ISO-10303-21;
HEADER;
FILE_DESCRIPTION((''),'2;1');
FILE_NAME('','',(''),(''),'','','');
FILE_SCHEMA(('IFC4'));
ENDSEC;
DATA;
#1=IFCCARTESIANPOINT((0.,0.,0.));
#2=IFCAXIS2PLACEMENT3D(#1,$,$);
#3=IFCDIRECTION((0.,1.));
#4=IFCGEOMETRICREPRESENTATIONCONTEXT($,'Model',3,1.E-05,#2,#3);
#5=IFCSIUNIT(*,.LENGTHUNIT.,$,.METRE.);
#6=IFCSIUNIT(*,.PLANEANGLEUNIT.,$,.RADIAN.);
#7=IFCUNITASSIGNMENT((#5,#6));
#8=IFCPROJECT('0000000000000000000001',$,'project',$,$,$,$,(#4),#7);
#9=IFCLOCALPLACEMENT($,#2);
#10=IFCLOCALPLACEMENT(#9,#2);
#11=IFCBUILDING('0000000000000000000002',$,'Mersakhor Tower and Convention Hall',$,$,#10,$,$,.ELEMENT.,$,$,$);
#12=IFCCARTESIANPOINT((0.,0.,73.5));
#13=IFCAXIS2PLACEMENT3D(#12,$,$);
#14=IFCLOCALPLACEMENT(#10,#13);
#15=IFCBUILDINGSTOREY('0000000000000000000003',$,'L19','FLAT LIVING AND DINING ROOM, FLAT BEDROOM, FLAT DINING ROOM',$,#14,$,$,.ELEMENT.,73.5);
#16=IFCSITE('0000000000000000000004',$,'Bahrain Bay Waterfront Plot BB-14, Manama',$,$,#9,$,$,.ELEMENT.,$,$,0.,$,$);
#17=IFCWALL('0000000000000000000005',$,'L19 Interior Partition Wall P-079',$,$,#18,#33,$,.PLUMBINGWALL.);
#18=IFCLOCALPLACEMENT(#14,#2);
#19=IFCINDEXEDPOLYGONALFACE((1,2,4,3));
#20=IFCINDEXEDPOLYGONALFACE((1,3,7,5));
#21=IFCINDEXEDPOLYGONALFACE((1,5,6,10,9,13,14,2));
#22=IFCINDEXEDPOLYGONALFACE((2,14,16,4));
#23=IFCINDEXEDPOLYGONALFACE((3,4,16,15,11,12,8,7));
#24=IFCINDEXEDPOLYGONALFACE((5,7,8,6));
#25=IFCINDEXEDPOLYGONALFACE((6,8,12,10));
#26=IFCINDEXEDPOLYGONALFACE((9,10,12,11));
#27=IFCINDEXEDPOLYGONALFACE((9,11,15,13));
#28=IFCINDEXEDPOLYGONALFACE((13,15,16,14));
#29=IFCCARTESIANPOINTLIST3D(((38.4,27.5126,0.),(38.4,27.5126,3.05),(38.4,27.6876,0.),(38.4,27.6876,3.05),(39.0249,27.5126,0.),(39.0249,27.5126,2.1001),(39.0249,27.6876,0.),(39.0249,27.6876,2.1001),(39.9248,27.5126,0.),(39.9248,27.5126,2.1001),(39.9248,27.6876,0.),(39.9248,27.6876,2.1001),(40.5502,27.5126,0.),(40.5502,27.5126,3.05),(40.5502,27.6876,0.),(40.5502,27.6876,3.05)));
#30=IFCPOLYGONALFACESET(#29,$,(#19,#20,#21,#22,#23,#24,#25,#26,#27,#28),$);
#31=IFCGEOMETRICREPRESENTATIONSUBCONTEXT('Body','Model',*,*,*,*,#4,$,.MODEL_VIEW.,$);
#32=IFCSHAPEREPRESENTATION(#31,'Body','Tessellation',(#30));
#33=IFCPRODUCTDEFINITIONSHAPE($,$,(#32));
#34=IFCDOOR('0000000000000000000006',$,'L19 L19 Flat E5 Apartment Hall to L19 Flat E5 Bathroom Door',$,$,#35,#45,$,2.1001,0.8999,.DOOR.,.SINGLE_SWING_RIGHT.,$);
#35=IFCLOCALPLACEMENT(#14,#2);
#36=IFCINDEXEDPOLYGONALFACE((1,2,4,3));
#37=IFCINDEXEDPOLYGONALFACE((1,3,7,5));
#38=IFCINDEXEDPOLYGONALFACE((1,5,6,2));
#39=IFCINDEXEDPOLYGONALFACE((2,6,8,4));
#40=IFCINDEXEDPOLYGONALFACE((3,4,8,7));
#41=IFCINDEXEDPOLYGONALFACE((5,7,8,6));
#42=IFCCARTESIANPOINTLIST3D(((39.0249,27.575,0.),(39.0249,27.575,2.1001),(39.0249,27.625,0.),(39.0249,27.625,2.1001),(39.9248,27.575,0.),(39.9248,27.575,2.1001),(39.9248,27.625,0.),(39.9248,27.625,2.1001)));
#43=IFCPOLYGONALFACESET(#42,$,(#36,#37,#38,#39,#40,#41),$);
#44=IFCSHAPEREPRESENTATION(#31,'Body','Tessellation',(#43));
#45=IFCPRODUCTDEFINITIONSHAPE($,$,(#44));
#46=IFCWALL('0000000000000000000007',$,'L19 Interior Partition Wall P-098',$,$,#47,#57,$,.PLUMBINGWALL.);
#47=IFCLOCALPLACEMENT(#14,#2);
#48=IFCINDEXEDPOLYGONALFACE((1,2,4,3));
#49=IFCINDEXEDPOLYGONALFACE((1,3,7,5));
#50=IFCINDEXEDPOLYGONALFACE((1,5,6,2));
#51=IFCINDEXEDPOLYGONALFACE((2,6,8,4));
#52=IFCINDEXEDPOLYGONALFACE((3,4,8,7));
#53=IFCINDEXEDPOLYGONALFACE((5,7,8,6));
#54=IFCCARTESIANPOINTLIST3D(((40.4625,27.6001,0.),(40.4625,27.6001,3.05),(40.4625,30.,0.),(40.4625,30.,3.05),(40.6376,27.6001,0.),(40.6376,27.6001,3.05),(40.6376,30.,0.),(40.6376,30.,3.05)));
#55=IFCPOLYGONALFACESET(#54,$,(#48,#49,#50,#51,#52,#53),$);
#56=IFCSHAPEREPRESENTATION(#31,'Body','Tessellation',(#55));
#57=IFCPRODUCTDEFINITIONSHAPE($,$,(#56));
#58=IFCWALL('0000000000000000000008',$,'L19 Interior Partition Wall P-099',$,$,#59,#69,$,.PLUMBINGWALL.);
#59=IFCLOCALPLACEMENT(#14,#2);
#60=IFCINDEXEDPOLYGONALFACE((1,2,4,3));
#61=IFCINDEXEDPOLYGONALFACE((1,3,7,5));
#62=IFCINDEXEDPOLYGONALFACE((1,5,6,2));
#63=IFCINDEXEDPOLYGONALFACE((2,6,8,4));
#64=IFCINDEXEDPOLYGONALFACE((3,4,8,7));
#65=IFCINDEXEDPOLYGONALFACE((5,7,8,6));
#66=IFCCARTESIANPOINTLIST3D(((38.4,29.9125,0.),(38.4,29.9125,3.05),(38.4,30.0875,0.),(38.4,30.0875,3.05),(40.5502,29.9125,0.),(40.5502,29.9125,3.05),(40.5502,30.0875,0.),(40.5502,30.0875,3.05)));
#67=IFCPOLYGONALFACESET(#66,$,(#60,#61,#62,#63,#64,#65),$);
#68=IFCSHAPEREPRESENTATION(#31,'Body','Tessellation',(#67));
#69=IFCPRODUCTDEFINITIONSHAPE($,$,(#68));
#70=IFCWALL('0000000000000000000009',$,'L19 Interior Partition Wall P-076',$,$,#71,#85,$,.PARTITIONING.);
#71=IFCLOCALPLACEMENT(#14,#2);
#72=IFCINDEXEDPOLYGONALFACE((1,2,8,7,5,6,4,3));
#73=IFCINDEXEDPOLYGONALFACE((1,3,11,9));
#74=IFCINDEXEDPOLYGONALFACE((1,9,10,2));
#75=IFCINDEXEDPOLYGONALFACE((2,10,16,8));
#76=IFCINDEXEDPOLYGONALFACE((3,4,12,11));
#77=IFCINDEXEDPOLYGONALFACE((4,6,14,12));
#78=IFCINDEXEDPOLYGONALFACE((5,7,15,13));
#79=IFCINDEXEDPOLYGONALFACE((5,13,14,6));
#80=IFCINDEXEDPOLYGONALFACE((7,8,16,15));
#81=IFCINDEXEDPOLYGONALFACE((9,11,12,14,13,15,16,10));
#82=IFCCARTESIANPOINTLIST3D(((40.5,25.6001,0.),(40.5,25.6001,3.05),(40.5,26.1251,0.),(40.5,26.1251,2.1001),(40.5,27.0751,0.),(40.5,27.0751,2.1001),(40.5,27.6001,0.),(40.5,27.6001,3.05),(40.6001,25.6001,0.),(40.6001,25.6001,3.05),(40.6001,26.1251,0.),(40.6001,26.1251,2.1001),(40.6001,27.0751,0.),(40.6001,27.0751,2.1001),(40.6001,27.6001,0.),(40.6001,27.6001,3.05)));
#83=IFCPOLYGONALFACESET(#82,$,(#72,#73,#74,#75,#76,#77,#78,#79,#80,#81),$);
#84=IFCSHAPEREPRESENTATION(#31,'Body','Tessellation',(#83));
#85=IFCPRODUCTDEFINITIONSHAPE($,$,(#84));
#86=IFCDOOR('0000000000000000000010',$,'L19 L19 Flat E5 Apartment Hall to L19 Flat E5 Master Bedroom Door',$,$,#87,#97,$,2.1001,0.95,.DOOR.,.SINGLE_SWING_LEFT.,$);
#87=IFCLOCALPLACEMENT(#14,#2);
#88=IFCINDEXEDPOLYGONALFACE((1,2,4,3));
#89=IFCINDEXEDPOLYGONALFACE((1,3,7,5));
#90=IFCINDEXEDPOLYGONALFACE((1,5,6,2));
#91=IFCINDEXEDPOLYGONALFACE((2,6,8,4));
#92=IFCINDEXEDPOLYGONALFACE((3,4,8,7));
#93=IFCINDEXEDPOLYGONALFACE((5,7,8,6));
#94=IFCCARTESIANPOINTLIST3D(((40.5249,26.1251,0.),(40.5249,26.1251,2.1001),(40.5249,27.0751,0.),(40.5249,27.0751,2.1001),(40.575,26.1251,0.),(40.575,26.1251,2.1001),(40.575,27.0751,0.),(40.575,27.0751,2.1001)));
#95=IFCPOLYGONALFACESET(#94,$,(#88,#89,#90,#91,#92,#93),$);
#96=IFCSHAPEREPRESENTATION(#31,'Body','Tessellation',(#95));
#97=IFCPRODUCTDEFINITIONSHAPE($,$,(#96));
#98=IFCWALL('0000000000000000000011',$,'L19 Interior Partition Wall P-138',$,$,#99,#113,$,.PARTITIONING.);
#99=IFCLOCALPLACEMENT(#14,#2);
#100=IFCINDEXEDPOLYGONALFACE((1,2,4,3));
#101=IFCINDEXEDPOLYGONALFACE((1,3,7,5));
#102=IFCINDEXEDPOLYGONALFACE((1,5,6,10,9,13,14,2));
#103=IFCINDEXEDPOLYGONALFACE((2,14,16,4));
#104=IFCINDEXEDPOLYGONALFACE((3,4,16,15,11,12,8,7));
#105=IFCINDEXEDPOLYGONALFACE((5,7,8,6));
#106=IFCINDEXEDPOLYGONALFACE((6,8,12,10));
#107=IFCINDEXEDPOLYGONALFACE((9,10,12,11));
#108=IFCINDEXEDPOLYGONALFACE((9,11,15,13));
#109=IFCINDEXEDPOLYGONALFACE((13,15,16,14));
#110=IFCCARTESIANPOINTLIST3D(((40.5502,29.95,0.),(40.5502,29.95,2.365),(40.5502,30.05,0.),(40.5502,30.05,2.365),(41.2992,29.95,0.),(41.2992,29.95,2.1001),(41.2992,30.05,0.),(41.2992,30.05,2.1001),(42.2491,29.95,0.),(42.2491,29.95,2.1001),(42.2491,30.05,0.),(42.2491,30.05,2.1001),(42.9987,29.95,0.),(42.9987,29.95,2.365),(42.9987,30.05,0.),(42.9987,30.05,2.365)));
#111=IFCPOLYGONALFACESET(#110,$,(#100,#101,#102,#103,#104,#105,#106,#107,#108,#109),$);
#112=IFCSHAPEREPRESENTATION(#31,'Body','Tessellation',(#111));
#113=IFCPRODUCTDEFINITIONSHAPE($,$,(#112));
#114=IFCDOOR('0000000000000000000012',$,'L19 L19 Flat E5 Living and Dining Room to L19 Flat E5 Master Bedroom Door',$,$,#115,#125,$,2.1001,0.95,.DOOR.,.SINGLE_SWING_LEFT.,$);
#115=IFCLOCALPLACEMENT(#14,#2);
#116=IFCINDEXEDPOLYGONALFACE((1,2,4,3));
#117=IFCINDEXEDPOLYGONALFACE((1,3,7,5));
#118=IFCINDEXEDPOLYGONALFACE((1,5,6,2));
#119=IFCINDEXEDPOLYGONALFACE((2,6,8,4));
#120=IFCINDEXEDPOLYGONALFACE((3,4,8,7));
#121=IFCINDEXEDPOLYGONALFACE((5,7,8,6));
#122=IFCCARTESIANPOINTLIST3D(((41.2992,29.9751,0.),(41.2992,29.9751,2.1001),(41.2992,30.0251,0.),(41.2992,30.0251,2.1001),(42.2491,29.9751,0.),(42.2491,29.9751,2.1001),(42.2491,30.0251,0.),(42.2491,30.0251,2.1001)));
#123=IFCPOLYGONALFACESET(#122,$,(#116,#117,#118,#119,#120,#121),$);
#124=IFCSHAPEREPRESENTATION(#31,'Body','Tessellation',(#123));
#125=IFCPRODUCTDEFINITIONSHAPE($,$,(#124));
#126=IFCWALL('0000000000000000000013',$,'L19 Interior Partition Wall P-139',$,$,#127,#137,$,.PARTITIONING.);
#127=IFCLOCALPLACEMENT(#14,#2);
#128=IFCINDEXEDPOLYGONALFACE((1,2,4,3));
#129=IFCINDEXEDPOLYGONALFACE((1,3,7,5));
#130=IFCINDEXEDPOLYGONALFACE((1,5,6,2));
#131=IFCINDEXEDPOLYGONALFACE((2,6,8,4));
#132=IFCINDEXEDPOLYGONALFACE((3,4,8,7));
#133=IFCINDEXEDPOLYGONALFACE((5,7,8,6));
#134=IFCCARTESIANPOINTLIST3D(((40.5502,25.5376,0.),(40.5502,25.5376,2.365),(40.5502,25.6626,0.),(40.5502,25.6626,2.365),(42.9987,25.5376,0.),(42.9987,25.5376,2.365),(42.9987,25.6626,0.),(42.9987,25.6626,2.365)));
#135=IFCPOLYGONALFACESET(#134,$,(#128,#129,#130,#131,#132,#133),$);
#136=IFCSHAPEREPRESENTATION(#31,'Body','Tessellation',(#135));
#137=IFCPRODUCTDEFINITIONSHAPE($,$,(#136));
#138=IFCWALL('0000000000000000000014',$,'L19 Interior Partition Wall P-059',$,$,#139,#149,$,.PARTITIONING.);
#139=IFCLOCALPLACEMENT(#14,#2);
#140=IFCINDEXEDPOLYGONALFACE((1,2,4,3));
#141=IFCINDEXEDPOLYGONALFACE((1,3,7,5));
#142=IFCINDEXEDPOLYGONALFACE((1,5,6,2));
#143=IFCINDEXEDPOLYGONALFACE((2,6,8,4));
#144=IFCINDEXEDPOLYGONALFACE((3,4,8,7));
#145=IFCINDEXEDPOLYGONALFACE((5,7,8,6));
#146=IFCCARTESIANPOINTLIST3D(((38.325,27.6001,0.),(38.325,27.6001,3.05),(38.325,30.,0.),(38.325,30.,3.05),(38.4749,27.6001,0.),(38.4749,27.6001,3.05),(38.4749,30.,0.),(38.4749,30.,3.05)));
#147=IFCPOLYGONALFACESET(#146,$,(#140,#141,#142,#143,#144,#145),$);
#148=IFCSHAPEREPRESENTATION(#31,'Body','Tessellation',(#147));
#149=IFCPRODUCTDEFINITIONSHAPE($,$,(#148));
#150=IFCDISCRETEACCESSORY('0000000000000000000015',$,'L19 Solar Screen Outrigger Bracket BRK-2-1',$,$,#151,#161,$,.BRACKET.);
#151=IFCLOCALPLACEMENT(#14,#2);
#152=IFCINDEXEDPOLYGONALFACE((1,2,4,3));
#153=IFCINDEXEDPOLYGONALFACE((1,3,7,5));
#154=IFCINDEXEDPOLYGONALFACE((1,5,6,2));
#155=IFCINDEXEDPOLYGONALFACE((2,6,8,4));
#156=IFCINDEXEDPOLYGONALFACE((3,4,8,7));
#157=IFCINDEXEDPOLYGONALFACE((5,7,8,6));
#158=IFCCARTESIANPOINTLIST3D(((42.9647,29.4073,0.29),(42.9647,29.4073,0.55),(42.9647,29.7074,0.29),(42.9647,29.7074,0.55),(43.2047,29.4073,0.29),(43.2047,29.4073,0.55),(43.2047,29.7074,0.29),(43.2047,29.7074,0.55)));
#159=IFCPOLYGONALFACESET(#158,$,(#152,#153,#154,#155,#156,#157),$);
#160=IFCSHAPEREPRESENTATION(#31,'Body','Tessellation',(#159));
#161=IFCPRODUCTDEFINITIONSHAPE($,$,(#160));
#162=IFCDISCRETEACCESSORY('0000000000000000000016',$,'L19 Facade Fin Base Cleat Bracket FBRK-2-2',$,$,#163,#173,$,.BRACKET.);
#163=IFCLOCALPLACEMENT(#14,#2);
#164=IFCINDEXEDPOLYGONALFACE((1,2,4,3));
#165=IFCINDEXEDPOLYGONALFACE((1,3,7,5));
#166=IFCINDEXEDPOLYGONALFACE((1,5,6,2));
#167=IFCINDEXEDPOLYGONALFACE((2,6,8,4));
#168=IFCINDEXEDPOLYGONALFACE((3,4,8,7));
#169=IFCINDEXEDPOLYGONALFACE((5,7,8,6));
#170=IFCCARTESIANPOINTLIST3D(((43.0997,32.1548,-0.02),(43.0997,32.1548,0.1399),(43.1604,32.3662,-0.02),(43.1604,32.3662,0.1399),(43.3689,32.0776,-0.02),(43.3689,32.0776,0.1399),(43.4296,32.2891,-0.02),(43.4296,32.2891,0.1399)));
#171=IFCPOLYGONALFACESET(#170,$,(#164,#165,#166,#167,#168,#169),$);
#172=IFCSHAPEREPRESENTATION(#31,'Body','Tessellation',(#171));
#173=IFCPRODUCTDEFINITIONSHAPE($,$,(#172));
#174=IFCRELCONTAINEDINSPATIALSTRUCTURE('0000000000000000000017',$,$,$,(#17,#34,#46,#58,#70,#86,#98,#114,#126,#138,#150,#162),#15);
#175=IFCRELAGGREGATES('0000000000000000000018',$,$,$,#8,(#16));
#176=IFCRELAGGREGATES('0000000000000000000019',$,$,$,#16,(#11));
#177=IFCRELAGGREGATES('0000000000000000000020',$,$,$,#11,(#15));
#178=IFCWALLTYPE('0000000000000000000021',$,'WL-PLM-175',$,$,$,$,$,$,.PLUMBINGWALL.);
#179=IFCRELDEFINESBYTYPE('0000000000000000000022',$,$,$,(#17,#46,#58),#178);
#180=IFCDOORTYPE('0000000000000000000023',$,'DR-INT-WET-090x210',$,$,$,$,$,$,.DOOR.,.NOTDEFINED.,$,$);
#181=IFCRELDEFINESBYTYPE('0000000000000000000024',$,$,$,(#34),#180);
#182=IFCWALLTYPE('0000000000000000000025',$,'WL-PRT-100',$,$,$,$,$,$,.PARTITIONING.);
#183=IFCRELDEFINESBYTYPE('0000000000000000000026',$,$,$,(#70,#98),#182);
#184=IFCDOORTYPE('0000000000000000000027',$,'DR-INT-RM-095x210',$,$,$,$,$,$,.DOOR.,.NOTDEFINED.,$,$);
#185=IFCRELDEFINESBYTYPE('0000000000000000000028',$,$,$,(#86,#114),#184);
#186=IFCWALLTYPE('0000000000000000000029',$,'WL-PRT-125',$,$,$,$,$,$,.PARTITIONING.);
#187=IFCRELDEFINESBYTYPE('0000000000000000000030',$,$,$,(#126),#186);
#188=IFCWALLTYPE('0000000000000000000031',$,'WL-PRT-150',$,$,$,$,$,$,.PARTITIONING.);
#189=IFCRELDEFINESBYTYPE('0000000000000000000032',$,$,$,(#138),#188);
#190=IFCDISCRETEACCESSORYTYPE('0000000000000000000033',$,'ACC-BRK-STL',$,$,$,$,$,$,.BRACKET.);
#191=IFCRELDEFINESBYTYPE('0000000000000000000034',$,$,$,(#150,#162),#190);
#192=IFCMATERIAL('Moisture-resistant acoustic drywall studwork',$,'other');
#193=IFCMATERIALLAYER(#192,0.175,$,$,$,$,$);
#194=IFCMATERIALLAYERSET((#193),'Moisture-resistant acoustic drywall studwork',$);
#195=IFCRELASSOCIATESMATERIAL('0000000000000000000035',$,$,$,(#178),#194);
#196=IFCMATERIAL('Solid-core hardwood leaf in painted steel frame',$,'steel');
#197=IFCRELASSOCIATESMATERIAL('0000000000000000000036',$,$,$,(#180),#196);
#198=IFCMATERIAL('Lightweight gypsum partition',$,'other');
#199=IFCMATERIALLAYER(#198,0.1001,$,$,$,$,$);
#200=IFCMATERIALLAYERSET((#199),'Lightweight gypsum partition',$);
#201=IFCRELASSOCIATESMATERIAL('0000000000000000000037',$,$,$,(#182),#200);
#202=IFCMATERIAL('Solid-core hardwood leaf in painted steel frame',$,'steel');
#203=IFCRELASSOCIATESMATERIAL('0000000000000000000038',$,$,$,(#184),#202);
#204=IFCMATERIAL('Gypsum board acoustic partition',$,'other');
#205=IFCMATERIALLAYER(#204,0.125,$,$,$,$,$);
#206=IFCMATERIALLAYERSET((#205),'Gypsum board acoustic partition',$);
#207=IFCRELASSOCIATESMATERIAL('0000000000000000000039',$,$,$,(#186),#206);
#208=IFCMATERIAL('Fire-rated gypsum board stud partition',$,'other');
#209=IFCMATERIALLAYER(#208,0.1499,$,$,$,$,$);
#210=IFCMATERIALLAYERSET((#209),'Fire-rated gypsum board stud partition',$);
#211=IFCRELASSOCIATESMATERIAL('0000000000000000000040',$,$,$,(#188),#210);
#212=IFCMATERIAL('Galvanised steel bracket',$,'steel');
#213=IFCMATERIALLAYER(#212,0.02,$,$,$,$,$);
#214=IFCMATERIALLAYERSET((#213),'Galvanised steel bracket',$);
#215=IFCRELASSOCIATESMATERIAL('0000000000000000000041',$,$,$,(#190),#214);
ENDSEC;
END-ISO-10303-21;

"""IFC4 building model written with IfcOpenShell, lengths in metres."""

from ifc_helpers import new_model, si_unit, direction, frame, frame_2d, origin, origin_2d, place, context, subcontext, project, spatial, rectangle, extrude, material, layer, layer_set, type_object, element, fill, save


model = new_model("IFC4")

# Units and contexts
model_context = context("Model", 3, precision=1e-05, world=origin(), true_north=direction((0.0, 1.0)))
body_context = subcontext(model_context, "Body", "Model", "MODEL_VIEW")
ifc_project = project(units=[si_unit("LENGTHUNIT", "METRE"), si_unit("PLANEANGLEUNIT", "RADIAN")], contexts=[model_context])

# Site, building, storey
site_placement = place(None, origin())
site = spatial("IfcSite", under=ifc_project, at=site_placement, Name="Bahrain Bay Waterfront Plot BB-14, Manama", CompositionType="ELEMENT", RefElevation=0.0)
building_placement = place(site_placement, origin())
building = spatial("IfcBuilding", under=site, at=building_placement, Name="Mersakhor Tower and Convention Hall", CompositionType="ELEMENT")
storey_placement = place(building_placement, frame((0.0, 0.0, 73.5)))
storey = spatial("IfcBuildingStorey", under=building, at=storey_placement, Name="L19", Description="FLAT LIVING AND DINING ROOM, FLAT BEDROOM, FLAT DINING ROOM", CompositionType="ELEMENT", Elevation=73.5)

# Wall, opening, door
ifc_material_1 = material(Name="Moisture-resistant acoustic drywall studwork", Category="other")
ifc_layer_1 = layer(ifc_material_1, 0.175)
ifc_layer_set_1 = layer_set([ifc_layer_1], Name="Moisture-resistant acoustic drywall studwork")
wall_type_1 = type_object("IfcWallType", Name="WL-PLM-175", PredefinedType="PLUMBINGWALL", material=ifc_layer_set_1)
wall_1_placement = place(storey_placement, frame((38.3999, 27.6001, 0.0), z_axis=(0.0, 0.0, 1.0), x_axis=(1.0, 0.0, 0.0)))
wall_1 = element("IfcWall", 1, at=wall_1_placement, inside=storey, type_object=wall_type_1, Name="L19 Interior Partition Wall P-079", PredefinedType="PLUMBINGWALL", context=body_context, shape_type="SweptSolid", body=[
    extrude(rectangle(XDim=2.1501, YDim=0.175, at=frame_2d((1.0752, 0.0))), origin(), (0.0, 0.0, 1.0), 3.05),
])
opening_1_placement = place(wall_1_placement, frame((0.625, 0.0, 0.0)))
opening_1 = element("IfcOpeningElement", 2, at=opening_1_placement, cuts=wall_1, PredefinedType="OPENING", context=body_context, shape_type="SweptSolid", body=[
    extrude(rectangle(XDim=0.8999, YDim=2.1001, at=frame_2d((0.45, 1.05))), frame((0.0, 0.0974, 0.0), z_axis=(0.0, -1.0, 0.0), x_axis=(1.0, 0.0, 0.0)), (0.0, 0.0, 1.0), 0.1951),
])
ifc_material_2 = material(Name="Solid-core hardwood leaf in painted steel frame", Category="steel")
door_type_1 = type_object("IfcDoorType", Name="DR-INT-WET-090x210", OperationType="NOTDEFINED", PredefinedType="DOOR", material=ifc_material_2)
door_1_placement = place(opening_1_placement, origin())
door_1 = element("IfcDoor", 3, at=door_1_placement, inside=storey, type_object=door_type_1, Name="L19 L19 Flat E5 Apartment Hall to L19 Flat E5 Bathroom Door", OperationType="SINGLE_SWING_RIGHT", OverallHeight=2.1001, OverallWidth=0.8999, PredefinedType="DOOR", context=body_context, shape_type="SweptSolid", body=[
    extrude(rectangle(XDim=0.8999, YDim=2.1001, at=frame_2d((0.45, 1.05))), frame((0.0, 0.0249, 0.0), z_axis=(0.0, -1.0, 0.0), x_axis=(1.0, 0.0, 0.0)), (0.0, 0.0, 1.0), 0.05),
])
fill(opening_1, door_1)

# Walls
wall_2_placement = place(storey_placement, frame((40.55, 30.0, 0.0), z_axis=(0.0, 0.0, 1.0), x_axis=(0.0, -1.0, 0.0)))
element("IfcWall", 4, at=wall_2_placement, inside=storey, type_object=wall_type_1, Name="L19 Interior Partition Wall P-098", PredefinedType="PLUMBINGWALL", context=body_context, shape_type="SweptSolid", body=[
    extrude(rectangle(XDim=2.3999, YDim=0.175, at=frame_2d((1.2, 0.0))), origin(), (0.0, 0.0, 1.0), 3.05),
])
wall_3_placement = place(storey_placement, frame((38.3999, 30.0, 0.0), z_axis=(0.0, 0.0, 1.0), x_axis=(1.0, 0.0, 0.0)))
element("IfcWall", 5, at=wall_3_placement, inside=storey, type_object=wall_type_1, Name="L19 Interior Partition Wall P-099", PredefinedType="PLUMBINGWALL", context=body_context, shape_type="SweptSolid", body=[
    extrude(rectangle(XDim=2.1501, YDim=0.175, at=frame_2d((1.0752, 0.0))), origin(), (0.0, 0.0, 1.0), 3.05),
])

# Walls, openings, doors
ifc_material_3 = material(Name="Lightweight gypsum partition", Category="other")
ifc_layer_2 = layer(ifc_material_3, 0.1001)
ifc_layer_set_2 = layer_set([ifc_layer_2], Name="Lightweight gypsum partition")
wall_type_2 = type_object("IfcWallType", Name="WL-PRT-100", PredefinedType="PARTITIONING", material=ifc_layer_set_2)
wall_4_placement = place(storey_placement, frame((40.55, 27.6001, 0.0), z_axis=(0.0, 0.0, 1.0), x_axis=(0.0, -1.0, 0.0)))
wall_4 = element("IfcWall", 6, at=wall_4_placement, inside=storey, type_object=wall_type_2, Name="L19 Interior Partition Wall P-076", PredefinedType="PARTITIONING", context=body_context, shape_type="SweptSolid", body=[
    extrude(rectangle(XDim=2.0, YDim=0.1001, at=frame_2d((1.0, 0.0))), origin(), (0.0, 0.0, 1.0), 3.05),
])
opening_2_placement = place(wall_4_placement, frame((0.5249, 0.0, 0.0)))
opening_2 = element("IfcOpeningElement", 7, at=opening_2_placement, cuts=wall_4, PredefinedType="OPENING", context=body_context, shape_type="SweptSolid", body=[
    extrude(rectangle(XDim=0.95, YDim=2.1001, at=frame_2d((0.4751, 1.05))), frame((0.0, 0.0601, 0.0), z_axis=(0.0, -1.0, 0.0), x_axis=(1.0, 0.0, 0.0)), (0.0, 0.0, 1.0), 0.1201),
])
ifc_material_4 = material(Name="Solid-core hardwood leaf in painted steel frame", Category="steel")
door_type_2 = type_object("IfcDoorType", Name="DR-INT-RM-095x210", OperationType="NOTDEFINED", PredefinedType="DOOR", material=ifc_material_4)
door_2_placement = place(opening_2_placement, origin())
door_2 = element("IfcDoor", 8, at=door_2_placement, inside=storey, type_object=door_type_2, Name="L19 L19 Flat E5 Apartment Hall to L19 Flat E5 Master Bedroom Door", OperationType="SINGLE_SWING_LEFT", OverallHeight=2.1001, OverallWidth=0.95, PredefinedType="DOOR", context=body_context, shape_type="SweptSolid", body=[
    extrude(rectangle(XDim=0.95, YDim=2.1001, at=frame_2d((0.4751, 1.05))), frame((0.0, 0.0249, 0.0), z_axis=(0.0, -1.0, 0.0), x_axis=(1.0, 0.0, 0.0)), (0.0, 0.0, 1.0), 0.05),
])
fill(opening_2, door_2)
wall_5_placement = place(storey_placement, frame((42.9985, 30.0, 0.0), z_axis=(0.0, 0.0, 1.0), x_axis=(-1.0, 0.0, 0.0)))
wall_5 = element("IfcWall", 9, at=wall_5_placement, inside=storey, type_object=wall_type_2, Name="L19 Interior Partition Wall P-138", PredefinedType="PARTITIONING", context=body_context, shape_type="SweptSolid", body=[
    extrude(rectangle(XDim=2.4485, YDim=0.1001, at=frame_2d((1.2241, 0.0))), origin(), (0.0, 0.0, 1.0), 2.365),
])
opening_3_placement = place(wall_5_placement, frame((0.7493, 0.0, 0.0)))
opening_3 = element("IfcOpeningElement", 10, at=opening_3_placement, cuts=wall_5, PredefinedType="OPENING", context=body_context, shape_type="SweptSolid", body=[
    extrude(rectangle(XDim=0.95, YDim=2.1001, at=frame_2d((0.4751, 1.05))), frame((0.0, 0.0601, 0.0), z_axis=(0.0, -1.0, 0.0), x_axis=(1.0, 0.0, 0.0)), (0.0, 0.0, 1.0), 0.1201),
])
door_3_placement = place(opening_3_placement, origin())
door_3 = element("IfcDoor", 11, at=door_3_placement, inside=storey, type_object=door_type_2, Name="L19 L19 Flat E5 Living and Dining Room to L19 Flat E5 Master Bedroom Door", OperationType="SINGLE_SWING_LEFT", OverallHeight=2.1001, OverallWidth=0.95, PredefinedType="DOOR", context=body_context, shape_type="SweptSolid", body=[
    extrude(rectangle(XDim=0.95, YDim=2.1001, at=frame_2d((0.4751, 1.05))), frame((0.0, 0.0249, 0.0), z_axis=(0.0, -1.0, 0.0), x_axis=(1.0, 0.0, 0.0)), (0.0, 0.0, 1.0), 0.05),
])
fill(opening_3, door_3)

# Walls
ifc_material_5 = material(Name="Gypsum board acoustic partition", Category="other")
ifc_layer_3 = layer(ifc_material_5, 0.125)
ifc_layer_set_3 = layer_set([ifc_layer_3], Name="Gypsum board acoustic partition")
wall_type_3 = type_object("IfcWallType", Name="WL-PRT-125", PredefinedType="PARTITIONING", material=ifc_layer_set_3)
wall_6_placement = place(storey_placement, frame((42.9985, 25.6001, 0.0), z_axis=(0.0, 0.0, 1.0), x_axis=(-1.0, 0.0, 0.0)))
element("IfcWall", 12, at=wall_6_placement, inside=storey, type_object=wall_type_3, Name="L19 Interior Partition Wall P-139", PredefinedType="PARTITIONING", context=body_context, shape_type="SweptSolid", body=[
    extrude(rectangle(XDim=2.4485, YDim=0.125, at=frame_2d((1.2241, 0.0))), origin(), (0.0, 0.0, 1.0), 2.365),
])
ifc_material_6 = material(Name="Fire-rated gypsum board stud partition", Category="other")
ifc_layer_4 = layer(ifc_material_6, 0.1499)
ifc_layer_set_4 = layer_set([ifc_layer_4], Name="Fire-rated gypsum board stud partition")
wall_type_4 = type_object("IfcWallType", Name="WL-PRT-150", PredefinedType="PARTITIONING", material=ifc_layer_set_4)
wall_7_placement = place(storey_placement, frame((38.3999, 30.0, 0.0), z_axis=(0.0, 0.0, 1.0), x_axis=(0.0, -1.0, 0.0)))
element("IfcWall", 13, at=wall_7_placement, inside=storey, type_object=wall_type_4, Name="L19 Interior Partition Wall P-059", PredefinedType="PARTITIONING", context=body_context, shape_type="SweptSolid", body=[
    extrude(rectangle(XDim=2.3999, YDim=0.1499, at=frame_2d((1.2, 0.0))), origin(), (0.0, 0.0, 1.0), 3.05),
])

# Discrete accessories
ifc_material_7 = material(Name="Galvanised steel bracket", Category="steel")
ifc_layer_5 = layer(ifc_material_7, 0.02)
ifc_layer_set_5 = layer_set([ifc_layer_5], Name="Galvanised steel bracket")
discrete_accessory_type = type_object("IfcDiscreteAccessoryType", Name="ACC-BRK-STL", PredefinedType="BRACKET", material=ifc_layer_set_5)
discrete_accessory_1_placement = place(storey_placement, frame((43.0847, 29.5574, 0.29), z_axis=(0.0, 0.0, 1.0), x_axis=(0.0, -1.0, 0.0)))
element("IfcDiscreteAccessory", 14, at=discrete_accessory_1_placement, inside=storey, type_object=discrete_accessory_type, Name="L19 Solar Screen Outrigger Bracket BRK-2-1", PredefinedType="BRACKET", context=body_context, shape_type="SweptSolid", body=[
    extrude(rectangle(XDim=0.3, YDim=0.24, at=origin_2d()), origin(), (0.0, 0.0, 1.0), 0.26),
])
discrete_accessory_2_placement = place(storey_placement, frame((43.2646, 32.2219, -0.02), z_axis=(0.0, 0.0, 1.0), x_axis=(0.961262, -0.275637, 0.0)))
element("IfcDiscreteAccessory", 15, at=discrete_accessory_2_placement, inside=storey, type_object=discrete_accessory_type, Name="L19 Facade Fin Base Cleat Bracket FBRK-2-2", PredefinedType="BRACKET", context=body_context, shape_type="SweptSolid", body=[
    extrude(rectangle(XDim=0.28, YDim=0.22, at=origin_2d()), origin(), (0.0, 0.0, 1.0), 0.1599),
])

save(model, "model.ifc")
